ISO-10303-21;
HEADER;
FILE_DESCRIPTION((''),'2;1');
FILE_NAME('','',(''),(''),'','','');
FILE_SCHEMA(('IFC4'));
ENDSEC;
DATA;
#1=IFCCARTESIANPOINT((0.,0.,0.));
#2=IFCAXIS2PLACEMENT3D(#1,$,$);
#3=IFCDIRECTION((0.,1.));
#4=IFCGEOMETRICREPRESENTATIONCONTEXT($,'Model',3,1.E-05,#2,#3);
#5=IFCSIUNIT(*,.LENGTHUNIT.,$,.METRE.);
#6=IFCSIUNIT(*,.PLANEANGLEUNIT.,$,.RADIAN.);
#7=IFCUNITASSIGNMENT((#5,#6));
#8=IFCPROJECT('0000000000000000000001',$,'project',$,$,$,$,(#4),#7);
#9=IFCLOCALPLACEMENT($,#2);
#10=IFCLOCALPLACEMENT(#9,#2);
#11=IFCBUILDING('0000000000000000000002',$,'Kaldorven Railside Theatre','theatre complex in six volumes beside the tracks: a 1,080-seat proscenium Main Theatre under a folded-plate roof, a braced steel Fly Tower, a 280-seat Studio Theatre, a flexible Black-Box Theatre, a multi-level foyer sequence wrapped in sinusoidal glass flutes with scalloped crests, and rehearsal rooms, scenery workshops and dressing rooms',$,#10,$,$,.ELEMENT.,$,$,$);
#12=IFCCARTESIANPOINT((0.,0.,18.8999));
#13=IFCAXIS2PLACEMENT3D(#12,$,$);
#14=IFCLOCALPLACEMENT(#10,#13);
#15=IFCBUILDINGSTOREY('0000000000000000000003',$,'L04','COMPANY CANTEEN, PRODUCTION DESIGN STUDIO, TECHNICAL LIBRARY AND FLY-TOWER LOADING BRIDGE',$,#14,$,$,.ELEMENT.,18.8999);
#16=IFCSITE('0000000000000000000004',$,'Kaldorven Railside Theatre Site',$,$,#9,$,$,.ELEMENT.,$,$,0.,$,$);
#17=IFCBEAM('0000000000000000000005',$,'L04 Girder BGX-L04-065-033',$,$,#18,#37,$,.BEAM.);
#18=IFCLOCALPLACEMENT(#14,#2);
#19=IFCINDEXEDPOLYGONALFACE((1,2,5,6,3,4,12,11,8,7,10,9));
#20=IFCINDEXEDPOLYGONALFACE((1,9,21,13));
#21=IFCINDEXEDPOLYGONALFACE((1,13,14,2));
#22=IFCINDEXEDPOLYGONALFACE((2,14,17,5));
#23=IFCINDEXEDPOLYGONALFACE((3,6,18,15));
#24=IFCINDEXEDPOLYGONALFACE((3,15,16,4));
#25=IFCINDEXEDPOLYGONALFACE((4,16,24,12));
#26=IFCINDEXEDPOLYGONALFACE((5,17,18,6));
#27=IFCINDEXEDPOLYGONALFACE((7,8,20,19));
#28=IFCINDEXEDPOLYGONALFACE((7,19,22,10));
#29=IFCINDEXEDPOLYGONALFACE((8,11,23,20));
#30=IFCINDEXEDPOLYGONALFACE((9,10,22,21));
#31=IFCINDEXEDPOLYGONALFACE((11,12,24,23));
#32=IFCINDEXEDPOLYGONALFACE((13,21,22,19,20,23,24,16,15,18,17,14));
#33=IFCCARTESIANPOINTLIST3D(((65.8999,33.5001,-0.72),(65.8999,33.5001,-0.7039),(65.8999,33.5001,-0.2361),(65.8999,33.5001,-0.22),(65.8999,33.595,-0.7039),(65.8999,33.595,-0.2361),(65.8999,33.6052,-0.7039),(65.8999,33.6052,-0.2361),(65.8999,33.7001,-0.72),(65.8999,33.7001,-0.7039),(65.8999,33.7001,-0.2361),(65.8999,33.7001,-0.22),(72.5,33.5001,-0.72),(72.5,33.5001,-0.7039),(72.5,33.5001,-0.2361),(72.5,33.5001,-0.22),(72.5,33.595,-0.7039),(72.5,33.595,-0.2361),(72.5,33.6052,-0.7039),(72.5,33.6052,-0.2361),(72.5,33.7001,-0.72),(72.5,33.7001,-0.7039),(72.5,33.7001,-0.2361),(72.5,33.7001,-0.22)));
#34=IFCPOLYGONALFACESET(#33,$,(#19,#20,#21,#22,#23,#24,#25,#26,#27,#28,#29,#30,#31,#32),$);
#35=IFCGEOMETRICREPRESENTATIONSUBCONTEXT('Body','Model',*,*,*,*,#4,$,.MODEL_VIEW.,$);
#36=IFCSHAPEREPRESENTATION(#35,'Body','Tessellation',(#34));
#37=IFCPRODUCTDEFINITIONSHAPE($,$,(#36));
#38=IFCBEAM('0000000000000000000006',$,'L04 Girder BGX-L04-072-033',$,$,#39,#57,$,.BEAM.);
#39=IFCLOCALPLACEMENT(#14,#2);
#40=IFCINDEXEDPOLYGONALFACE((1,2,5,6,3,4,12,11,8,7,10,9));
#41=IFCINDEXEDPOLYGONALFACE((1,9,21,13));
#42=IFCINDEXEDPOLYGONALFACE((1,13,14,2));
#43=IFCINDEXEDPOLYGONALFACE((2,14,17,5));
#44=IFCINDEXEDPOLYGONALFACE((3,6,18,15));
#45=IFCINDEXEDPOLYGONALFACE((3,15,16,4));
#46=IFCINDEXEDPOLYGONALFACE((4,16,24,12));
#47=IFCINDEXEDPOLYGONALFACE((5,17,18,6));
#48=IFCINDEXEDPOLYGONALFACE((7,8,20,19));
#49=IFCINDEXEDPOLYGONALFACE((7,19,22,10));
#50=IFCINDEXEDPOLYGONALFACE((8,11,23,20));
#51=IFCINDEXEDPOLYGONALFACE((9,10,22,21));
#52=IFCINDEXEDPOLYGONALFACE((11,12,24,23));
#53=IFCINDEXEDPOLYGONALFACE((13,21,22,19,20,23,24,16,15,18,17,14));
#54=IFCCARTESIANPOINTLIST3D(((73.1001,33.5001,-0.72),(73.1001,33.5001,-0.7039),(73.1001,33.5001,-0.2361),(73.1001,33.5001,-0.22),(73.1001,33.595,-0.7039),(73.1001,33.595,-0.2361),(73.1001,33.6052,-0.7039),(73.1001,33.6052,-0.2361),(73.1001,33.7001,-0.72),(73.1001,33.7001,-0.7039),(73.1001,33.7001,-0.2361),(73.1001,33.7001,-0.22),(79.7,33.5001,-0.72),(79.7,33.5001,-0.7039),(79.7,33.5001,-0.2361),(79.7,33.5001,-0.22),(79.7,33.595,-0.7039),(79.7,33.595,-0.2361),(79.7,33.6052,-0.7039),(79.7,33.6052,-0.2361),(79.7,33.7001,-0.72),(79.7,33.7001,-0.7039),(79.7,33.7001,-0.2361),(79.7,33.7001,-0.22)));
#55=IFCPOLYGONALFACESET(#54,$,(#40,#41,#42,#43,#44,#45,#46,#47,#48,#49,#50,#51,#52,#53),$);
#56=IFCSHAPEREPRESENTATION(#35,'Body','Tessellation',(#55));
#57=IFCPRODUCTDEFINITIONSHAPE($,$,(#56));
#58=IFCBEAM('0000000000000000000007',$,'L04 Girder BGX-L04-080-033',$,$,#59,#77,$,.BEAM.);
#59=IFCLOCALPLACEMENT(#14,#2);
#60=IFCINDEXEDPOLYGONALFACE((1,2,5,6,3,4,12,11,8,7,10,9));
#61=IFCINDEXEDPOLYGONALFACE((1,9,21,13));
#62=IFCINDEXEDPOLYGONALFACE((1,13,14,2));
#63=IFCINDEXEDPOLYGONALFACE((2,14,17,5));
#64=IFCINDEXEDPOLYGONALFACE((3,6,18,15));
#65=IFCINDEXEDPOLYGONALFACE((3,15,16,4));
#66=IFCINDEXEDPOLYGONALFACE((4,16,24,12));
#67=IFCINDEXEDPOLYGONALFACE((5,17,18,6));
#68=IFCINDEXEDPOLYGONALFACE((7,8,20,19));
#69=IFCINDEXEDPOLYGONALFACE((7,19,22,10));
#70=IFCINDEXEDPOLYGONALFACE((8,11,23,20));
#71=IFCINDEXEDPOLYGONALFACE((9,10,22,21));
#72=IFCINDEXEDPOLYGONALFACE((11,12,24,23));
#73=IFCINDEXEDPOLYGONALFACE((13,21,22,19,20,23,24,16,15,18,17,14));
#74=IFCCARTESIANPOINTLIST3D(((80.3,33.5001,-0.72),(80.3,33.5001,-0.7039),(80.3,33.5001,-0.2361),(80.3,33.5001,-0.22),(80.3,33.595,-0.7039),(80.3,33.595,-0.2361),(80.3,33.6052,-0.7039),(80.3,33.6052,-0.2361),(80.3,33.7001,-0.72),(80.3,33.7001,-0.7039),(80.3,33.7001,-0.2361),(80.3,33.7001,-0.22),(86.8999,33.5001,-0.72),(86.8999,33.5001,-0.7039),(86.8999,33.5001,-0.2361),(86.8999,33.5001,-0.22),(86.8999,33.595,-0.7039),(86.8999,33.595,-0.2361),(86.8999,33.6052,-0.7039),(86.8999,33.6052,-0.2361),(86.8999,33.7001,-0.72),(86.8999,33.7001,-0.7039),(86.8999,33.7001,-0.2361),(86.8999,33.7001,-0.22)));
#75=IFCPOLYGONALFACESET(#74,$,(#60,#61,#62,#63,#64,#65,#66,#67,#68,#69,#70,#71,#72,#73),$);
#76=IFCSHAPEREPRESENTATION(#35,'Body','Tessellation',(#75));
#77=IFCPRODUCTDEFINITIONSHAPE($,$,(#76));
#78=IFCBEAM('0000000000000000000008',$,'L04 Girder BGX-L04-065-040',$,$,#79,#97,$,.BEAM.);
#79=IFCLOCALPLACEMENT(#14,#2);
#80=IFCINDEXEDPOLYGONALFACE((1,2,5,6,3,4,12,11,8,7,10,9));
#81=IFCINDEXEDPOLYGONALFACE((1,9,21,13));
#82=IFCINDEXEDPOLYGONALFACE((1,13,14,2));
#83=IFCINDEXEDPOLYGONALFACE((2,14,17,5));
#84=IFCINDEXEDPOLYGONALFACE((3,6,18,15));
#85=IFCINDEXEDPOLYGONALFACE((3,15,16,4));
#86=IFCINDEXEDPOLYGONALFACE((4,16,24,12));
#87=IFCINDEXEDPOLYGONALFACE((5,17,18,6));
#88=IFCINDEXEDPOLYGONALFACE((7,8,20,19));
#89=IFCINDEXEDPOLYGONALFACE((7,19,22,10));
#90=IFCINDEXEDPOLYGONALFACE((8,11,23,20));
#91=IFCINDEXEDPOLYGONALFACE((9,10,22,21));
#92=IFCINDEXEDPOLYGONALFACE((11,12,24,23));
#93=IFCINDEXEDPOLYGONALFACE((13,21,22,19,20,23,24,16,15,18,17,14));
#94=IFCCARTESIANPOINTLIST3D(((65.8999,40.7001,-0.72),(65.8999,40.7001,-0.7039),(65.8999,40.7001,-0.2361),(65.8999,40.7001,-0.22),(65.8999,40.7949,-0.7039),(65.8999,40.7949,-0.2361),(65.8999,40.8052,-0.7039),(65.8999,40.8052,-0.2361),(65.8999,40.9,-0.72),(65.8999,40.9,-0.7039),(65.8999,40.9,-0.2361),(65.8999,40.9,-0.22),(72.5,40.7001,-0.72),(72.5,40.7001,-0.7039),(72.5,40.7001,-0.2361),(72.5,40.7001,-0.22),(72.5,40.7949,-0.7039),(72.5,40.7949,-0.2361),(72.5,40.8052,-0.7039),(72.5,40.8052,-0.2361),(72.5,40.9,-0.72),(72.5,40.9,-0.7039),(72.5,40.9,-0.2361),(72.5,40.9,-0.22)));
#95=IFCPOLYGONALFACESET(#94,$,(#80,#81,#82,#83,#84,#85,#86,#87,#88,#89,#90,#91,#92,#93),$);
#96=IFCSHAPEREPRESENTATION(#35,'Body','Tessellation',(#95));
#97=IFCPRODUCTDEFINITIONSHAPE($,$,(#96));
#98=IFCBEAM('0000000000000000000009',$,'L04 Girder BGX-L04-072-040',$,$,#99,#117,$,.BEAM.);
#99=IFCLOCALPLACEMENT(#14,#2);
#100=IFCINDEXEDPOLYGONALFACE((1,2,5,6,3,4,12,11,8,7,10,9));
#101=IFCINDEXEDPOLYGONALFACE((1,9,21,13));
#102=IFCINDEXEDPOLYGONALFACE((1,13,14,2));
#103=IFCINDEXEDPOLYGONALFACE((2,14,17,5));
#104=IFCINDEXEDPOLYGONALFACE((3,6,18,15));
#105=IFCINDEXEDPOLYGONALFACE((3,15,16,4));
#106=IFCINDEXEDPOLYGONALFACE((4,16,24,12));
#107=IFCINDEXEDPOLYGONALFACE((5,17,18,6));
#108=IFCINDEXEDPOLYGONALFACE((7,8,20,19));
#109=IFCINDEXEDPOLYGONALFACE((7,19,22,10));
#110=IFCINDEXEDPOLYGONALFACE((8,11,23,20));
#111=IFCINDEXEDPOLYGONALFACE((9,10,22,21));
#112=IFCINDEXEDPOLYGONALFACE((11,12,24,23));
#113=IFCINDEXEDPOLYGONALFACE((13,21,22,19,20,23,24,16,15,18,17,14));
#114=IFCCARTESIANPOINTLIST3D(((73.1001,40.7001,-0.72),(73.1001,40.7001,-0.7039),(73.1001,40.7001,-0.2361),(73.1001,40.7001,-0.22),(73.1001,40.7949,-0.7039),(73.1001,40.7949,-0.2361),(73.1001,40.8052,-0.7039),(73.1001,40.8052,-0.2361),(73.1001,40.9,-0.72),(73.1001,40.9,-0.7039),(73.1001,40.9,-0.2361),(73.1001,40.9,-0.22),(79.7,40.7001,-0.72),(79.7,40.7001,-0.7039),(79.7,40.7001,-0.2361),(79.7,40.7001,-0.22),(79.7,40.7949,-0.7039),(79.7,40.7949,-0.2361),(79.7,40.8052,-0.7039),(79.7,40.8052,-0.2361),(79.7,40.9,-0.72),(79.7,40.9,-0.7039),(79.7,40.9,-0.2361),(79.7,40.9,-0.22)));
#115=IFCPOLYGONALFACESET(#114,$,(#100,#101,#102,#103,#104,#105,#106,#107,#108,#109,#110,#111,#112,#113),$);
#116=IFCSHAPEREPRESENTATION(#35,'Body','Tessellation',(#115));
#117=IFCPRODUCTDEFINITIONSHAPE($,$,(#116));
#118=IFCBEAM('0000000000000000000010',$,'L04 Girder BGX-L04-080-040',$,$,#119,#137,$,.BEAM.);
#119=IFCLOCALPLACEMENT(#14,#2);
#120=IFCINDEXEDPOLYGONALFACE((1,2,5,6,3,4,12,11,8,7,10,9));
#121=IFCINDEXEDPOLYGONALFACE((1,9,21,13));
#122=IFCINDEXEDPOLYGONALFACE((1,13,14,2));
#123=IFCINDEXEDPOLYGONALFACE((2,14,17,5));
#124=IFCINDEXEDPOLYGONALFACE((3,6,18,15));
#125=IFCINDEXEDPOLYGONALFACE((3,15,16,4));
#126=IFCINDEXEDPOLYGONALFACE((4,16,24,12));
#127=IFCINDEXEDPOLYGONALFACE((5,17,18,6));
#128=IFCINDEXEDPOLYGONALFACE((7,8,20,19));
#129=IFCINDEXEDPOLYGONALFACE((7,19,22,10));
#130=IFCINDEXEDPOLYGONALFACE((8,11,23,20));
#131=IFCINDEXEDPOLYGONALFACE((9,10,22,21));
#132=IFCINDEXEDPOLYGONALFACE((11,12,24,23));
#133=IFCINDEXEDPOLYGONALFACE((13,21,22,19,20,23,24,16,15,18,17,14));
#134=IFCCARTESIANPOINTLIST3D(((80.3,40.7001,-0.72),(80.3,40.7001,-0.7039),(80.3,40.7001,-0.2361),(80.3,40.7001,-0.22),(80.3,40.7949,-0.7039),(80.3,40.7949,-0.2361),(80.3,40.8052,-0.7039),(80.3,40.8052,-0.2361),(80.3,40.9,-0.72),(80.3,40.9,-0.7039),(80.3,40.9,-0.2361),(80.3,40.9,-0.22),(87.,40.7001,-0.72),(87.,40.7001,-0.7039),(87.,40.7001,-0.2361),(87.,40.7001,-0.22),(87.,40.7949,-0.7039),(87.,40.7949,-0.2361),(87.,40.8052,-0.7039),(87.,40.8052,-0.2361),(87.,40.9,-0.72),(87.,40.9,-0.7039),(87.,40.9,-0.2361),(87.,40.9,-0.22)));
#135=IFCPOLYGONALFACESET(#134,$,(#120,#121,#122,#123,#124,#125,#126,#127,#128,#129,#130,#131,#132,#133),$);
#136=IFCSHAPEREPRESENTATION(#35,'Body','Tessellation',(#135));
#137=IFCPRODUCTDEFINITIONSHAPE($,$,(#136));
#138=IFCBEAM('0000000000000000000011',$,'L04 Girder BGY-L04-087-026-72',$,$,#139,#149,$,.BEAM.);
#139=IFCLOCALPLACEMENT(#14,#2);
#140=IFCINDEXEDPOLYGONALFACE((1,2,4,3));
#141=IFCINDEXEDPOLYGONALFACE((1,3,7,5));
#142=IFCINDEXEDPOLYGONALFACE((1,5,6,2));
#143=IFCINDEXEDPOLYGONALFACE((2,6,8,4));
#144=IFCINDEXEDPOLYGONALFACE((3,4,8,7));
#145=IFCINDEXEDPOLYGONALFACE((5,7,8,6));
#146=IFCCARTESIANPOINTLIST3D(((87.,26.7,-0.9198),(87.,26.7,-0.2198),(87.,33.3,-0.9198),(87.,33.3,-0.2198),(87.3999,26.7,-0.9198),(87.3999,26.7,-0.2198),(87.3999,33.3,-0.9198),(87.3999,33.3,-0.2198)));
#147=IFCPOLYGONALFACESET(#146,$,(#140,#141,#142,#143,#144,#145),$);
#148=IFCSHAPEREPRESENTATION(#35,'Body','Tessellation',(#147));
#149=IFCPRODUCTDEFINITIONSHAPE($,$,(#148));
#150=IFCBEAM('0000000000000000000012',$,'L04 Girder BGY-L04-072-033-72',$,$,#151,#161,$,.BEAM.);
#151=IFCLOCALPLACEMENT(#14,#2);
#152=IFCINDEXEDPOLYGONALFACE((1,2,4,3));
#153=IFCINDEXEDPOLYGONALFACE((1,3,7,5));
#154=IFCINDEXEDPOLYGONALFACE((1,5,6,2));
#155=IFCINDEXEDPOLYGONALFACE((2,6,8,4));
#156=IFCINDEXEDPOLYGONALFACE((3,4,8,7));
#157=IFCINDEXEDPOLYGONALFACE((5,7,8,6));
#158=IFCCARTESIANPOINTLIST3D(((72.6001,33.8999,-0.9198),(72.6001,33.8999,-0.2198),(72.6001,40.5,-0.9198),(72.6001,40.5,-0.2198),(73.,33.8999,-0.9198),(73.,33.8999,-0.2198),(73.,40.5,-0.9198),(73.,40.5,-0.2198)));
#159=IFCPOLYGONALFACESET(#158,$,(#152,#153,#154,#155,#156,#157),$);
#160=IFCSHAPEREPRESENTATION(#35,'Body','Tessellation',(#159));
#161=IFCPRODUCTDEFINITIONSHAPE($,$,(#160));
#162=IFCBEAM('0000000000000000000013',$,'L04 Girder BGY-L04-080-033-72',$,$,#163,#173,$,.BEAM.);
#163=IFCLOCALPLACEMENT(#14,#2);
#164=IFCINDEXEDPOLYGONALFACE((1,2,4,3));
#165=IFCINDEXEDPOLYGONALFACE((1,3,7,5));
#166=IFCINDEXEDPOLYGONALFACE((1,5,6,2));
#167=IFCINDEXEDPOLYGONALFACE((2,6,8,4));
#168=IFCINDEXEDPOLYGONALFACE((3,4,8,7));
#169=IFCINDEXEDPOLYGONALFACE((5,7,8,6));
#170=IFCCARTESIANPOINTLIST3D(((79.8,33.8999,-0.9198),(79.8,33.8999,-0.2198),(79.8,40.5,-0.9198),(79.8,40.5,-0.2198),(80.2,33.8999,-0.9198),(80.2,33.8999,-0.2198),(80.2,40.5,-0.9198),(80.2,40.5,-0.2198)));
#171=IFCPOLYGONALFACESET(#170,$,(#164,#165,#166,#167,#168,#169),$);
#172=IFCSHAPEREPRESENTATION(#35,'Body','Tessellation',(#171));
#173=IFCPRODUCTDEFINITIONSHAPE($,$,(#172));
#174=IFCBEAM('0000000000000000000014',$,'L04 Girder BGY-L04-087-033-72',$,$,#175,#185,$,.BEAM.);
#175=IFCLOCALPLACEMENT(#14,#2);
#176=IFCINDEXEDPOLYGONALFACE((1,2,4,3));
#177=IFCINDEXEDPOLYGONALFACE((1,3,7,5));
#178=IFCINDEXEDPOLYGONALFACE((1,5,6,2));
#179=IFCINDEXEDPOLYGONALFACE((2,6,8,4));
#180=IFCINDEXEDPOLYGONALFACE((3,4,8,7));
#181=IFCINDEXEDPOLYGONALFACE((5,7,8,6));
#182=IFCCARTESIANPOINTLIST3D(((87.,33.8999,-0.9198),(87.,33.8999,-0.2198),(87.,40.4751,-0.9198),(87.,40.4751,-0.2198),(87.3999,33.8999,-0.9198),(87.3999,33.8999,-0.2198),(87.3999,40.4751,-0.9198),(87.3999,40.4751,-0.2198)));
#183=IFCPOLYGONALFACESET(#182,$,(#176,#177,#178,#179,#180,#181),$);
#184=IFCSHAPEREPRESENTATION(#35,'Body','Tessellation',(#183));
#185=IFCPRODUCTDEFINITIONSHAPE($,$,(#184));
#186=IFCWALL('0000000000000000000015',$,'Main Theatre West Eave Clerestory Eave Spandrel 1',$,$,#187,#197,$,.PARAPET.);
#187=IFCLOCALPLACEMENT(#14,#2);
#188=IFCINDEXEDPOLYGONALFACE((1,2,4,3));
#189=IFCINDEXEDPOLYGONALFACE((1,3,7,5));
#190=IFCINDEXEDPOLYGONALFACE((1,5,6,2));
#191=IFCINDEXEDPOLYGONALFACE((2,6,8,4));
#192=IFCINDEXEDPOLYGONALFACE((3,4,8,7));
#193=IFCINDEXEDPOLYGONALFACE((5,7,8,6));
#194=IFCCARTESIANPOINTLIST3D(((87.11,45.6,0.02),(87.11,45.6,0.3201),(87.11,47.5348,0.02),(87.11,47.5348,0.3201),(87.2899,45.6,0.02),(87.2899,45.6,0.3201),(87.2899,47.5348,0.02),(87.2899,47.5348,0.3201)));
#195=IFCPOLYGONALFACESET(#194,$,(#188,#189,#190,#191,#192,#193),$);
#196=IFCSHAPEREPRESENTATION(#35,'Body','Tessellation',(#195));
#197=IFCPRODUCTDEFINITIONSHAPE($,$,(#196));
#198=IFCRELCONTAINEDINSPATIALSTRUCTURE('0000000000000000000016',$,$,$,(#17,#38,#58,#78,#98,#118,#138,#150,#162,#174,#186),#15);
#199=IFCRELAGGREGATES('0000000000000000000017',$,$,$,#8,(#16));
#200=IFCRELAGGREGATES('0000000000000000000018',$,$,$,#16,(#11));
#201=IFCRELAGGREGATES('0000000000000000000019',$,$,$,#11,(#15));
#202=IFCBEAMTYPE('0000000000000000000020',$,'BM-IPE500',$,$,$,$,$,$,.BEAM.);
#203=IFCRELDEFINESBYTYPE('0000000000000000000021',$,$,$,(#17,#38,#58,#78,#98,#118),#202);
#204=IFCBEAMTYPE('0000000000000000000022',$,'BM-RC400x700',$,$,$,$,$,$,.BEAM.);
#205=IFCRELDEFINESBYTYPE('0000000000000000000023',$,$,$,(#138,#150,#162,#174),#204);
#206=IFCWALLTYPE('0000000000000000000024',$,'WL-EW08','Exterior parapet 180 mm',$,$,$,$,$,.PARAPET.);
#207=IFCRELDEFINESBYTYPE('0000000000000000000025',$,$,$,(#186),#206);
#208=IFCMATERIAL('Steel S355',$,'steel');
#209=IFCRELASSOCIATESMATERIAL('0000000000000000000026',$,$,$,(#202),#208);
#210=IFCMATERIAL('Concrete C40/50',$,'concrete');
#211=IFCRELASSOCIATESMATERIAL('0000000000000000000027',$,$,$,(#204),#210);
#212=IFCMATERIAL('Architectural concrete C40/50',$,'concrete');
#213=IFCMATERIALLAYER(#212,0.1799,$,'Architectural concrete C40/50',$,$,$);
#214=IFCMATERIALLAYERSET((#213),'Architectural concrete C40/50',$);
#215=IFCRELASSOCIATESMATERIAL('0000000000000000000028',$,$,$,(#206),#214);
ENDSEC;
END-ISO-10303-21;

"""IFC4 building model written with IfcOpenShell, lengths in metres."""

from ifc_helpers import new_model, si_unit, direction, frame, frame_2d, origin, origin_2d, place, context, subcontext, project, spatial, rectangle, i_section, extrude, material, layer, layer_set, material_profile, profile_set, type_object, element, save


model = new_model("IFC4")

# Units and contexts
model_context = context("Model", 3, precision=1e-05, world=origin(), true_north=direction((0.0, 1.0)))
body_context = subcontext(model_context, "Body", "Model", "MODEL_VIEW")
ifc_project = project(units=[si_unit("LENGTHUNIT", "METRE"), si_unit("PLANEANGLEUNIT", "RADIAN")], contexts=[model_context])

# Site, building, storey
site_placement = place(None, origin())
site = spatial("IfcSite", under=ifc_project, at=site_placement, Name="Kaldorven Railside Theatre Site", CompositionType="ELEMENT", RefElevation=0.0)
building_placement = place(site_placement, origin())
building = spatial("IfcBuilding", under=site, at=building_placement, Name="Kaldorven Railside Theatre", Description="theatre complex in six volumes beside the tracks: a 1,080-seat proscenium Main Theatre under a folded-plate roof, a braced steel Fly Tower, a 280-seat Studio Theatre, a flexible Black-Box Theatre, a multi-level foyer sequence wrapped in sinusoidal glass flutes with scalloped crests, and rehearsal rooms, scenery workshops and dressing rooms", CompositionType="ELEMENT")
storey_placement = place(building_placement, frame((0.0, 0.0, 18.8999)))
storey = spatial("IfcBuildingStorey", under=building, at=storey_placement, Name="L04", Description="COMPANY CANTEEN, PRODUCTION DESIGN STUDIO, TECHNICAL LIBRARY AND FLY-TOWER LOADING BRIDGE", CompositionType="ELEMENT", Elevation=18.8999)

# Shared definitions
ifc_material_1 = material(Name="Steel S355", Category="steel")

# Beams
ifc_material_profile_1 = material_profile(ifc_material_1, i_section(OverallWidth=0.2, OverallDepth=0.5, WebThickness=0.0103, FlangeThickness=0.0161, at=origin_2d()), Name="IPE 500")
ifc_profile_set_1 = profile_set([ifc_material_profile_1], Name="Steel S355")
beam_type_1 = type_object("IfcBeamType", Name="BM-IPE500", PredefinedType="BEAM", material=ifc_profile_set_1)
beam_1_placement = place(storey_placement, frame((65.8999, 33.6001, -0.47), z_axis=(1.0, 0.0, 0.0), x_axis=(0.0, 1.0, 0.0)))
element("IfcBeam", 1, at=beam_1_placement, inside=storey, type_object=beam_type_1, Name="L04 Girder BGX-L04-065-033", PredefinedType="BEAM", context=body_context, shape_type="SweptSolid", body=[
    extrude(i_section(OverallWidth=0.2, OverallDepth=0.5, WebThickness=0.0103, FlangeThickness=0.0161, at=origin_2d()), origin(), (0.0, 0.0, 1.0), 6.6001),
])
for number, where, z_axis, x_axis, name in (
    (2, (73.1001, 33.6001, -0.47), (1.0, 0.0, 0.0), (0.0, 1.0, 0.0), "L04 Girder BGX-L04-072-033"),
    (3, (80.3, 33.6001, -0.47), (1.0, 0.0, 0.0), (0.0, 1.0, 0.0), "L04 Girder BGX-L04-080-033"),
):
    element("IfcBeam", number, at=place(storey_placement, frame(where, z_axis=z_axis, x_axis=x_axis)), inside=storey, type_object=beam_type_1, Name=name, PredefinedType="BEAM", context=body_context, shape_type="SweptSolid", body=[
        extrude(i_section(OverallWidth=0.2, OverallDepth=0.5, WebThickness=0.0103, FlangeThickness=0.0161, at=origin_2d()), origin(), (0.0, 0.0, 1.0), 6.5999),
    ])
beam_2_placement = place(storey_placement, frame((65.8999, 40.8, -0.47), z_axis=(1.0, 0.0, 0.0), x_axis=(0.0, 1.0, 0.0)))
element("IfcBeam", 4, at=beam_2_placement, inside=storey, type_object=beam_type_1, Name="L04 Girder BGX-L04-065-040", PredefinedType="BEAM", context=body_context, shape_type="SweptSolid", body=[
    extrude(i_section(OverallWidth=0.2, OverallDepth=0.5, WebThickness=0.0103, FlangeThickness=0.0161, at=origin_2d()), origin(), (0.0, 0.0, 1.0), 6.6001),
])
beam_3_placement = place(storey_placement, frame((73.1001, 40.8, -0.47), z_axis=(1.0, 0.0, 0.0), x_axis=(0.0, 1.0, 0.0)))
element("IfcBeam", 5, at=beam_3_placement, inside=storey, type_object=beam_type_1, Name="L04 Girder BGX-L04-072-040", PredefinedType="BEAM", context=body_context, shape_type="SweptSolid", body=[
    extrude(i_section(OverallWidth=0.2, OverallDepth=0.5, WebThickness=0.0103, FlangeThickness=0.0161, at=origin_2d()), origin(), (0.0, 0.0, 1.0), 6.5999),
])
beam_4_placement = place(storey_placement, frame((80.3, 40.8, -0.47), z_axis=(1.0, 0.0, 0.0), x_axis=(0.0, 1.0, 0.0)))
element("IfcBeam", 6, at=beam_4_placement, inside=storey, type_object=beam_type_1, Name="L04 Girder BGX-L04-080-040", PredefinedType="BEAM", context=body_context, shape_type="SweptSolid", body=[
    extrude(i_section(OverallWidth=0.2, OverallDepth=0.5, WebThickness=0.0103, FlangeThickness=0.0161, at=origin_2d()), origin(), (0.0, 0.0, 1.0), 6.7),
])
ifc_material_2 = material(Name="Concrete C40/50", Category="concrete")
ifc_material_profile_2 = material_profile(ifc_material_2, rectangle(XDim=0.3999, YDim=0.7, at=origin_2d()), Name="RC 400x700")
ifc_profile_set_2 = profile_set([ifc_material_profile_2], Name="Concrete C40/50")
beam_type_2 = type_object("IfcBeamType", Name="BM-RC400x700", PredefinedType="BEAM", material=ifc_profile_set_2)
for number, where, z_axis, x_axis, name in (
    (7, (87.2, 26.7, -0.5698), (0.0, 1.0, 0.0), (-1.0, 0.0, 0.0), "L04 Girder BGY-L04-087-026-72"),
    (8, (72.8, 33.8999, -0.5698), (0.0, 1.0, 0.0), (-1.0, 0.0, 0.0), "L04 Girder BGY-L04-072-033-72"),
    (9, (80.0, 33.8999, -0.5698), (0.0, 1.0, 0.0), (-1.0, 0.0, 0.0), "L04 Girder BGY-L04-080-033-72"),
):
    element("IfcBeam", number, at=place(storey_placement, frame(where, z_axis=z_axis, x_axis=x_axis)), inside=storey, type_object=beam_type_2, Name=name, PredefinedType="BEAM", context=body_context, shape_type="SweptSolid", body=[
        extrude(rectangle(XDim=0.3999, YDim=0.7, at=origin_2d()), origin(), (0.0, 0.0, 1.0), 6.6001),
    ])
beam_5_placement = place(storey_placement, frame((87.2, 33.8999, -0.5698), z_axis=(0.0, 1.0, 0.0), x_axis=(-1.0, 0.0, 0.0)))
element("IfcBeam", 10, at=beam_5_placement, inside=storey, type_object=beam_type_2, Name="L04 Girder BGY-L04-087-033-72", PredefinedType="BEAM", context=body_context, shape_type="SweptSolid", body=[
    extrude(rectangle(XDim=0.3999, YDim=0.7, at=origin_2d()), origin(), (0.0, 0.0, 1.0), 6.5752),
])

# Wall
ifc_material_3 = material(Name="Architectural concrete C40/50", Category="concrete")
ifc_layer = layer(ifc_material_3, 0.1799, Name="Architectural concrete C40/50")
ifc_layer_set = layer_set([ifc_layer], Name="Architectural concrete C40/50")
wall_type = type_object("IfcWallType", Name="WL-EW08", Description="Exterior parapet 180 mm", PredefinedType="PARAPET", material=ifc_layer_set)
wall_placement = place(storey_placement, frame((87.2, 45.6001, 0.02), z_axis=(0.0, 0.0, 1.0), x_axis=(0.0, 1.0, 0.0)))
element("IfcWall", 11, at=wall_placement, inside=storey, type_object=wall_type, Name="Main Theatre West Eave Clerestory Eave Spandrel 1", PredefinedType="PARAPET", context=body_context, shape_type="SweptSolid", body=[
    extrude(rectangle(XDim=1.9348, YDim=0.1799, at=frame_2d((0.9673, 0.0))), origin(), (0.0, 0.0, 1.0), 0.3),
])

save(model, "model.ifc")
